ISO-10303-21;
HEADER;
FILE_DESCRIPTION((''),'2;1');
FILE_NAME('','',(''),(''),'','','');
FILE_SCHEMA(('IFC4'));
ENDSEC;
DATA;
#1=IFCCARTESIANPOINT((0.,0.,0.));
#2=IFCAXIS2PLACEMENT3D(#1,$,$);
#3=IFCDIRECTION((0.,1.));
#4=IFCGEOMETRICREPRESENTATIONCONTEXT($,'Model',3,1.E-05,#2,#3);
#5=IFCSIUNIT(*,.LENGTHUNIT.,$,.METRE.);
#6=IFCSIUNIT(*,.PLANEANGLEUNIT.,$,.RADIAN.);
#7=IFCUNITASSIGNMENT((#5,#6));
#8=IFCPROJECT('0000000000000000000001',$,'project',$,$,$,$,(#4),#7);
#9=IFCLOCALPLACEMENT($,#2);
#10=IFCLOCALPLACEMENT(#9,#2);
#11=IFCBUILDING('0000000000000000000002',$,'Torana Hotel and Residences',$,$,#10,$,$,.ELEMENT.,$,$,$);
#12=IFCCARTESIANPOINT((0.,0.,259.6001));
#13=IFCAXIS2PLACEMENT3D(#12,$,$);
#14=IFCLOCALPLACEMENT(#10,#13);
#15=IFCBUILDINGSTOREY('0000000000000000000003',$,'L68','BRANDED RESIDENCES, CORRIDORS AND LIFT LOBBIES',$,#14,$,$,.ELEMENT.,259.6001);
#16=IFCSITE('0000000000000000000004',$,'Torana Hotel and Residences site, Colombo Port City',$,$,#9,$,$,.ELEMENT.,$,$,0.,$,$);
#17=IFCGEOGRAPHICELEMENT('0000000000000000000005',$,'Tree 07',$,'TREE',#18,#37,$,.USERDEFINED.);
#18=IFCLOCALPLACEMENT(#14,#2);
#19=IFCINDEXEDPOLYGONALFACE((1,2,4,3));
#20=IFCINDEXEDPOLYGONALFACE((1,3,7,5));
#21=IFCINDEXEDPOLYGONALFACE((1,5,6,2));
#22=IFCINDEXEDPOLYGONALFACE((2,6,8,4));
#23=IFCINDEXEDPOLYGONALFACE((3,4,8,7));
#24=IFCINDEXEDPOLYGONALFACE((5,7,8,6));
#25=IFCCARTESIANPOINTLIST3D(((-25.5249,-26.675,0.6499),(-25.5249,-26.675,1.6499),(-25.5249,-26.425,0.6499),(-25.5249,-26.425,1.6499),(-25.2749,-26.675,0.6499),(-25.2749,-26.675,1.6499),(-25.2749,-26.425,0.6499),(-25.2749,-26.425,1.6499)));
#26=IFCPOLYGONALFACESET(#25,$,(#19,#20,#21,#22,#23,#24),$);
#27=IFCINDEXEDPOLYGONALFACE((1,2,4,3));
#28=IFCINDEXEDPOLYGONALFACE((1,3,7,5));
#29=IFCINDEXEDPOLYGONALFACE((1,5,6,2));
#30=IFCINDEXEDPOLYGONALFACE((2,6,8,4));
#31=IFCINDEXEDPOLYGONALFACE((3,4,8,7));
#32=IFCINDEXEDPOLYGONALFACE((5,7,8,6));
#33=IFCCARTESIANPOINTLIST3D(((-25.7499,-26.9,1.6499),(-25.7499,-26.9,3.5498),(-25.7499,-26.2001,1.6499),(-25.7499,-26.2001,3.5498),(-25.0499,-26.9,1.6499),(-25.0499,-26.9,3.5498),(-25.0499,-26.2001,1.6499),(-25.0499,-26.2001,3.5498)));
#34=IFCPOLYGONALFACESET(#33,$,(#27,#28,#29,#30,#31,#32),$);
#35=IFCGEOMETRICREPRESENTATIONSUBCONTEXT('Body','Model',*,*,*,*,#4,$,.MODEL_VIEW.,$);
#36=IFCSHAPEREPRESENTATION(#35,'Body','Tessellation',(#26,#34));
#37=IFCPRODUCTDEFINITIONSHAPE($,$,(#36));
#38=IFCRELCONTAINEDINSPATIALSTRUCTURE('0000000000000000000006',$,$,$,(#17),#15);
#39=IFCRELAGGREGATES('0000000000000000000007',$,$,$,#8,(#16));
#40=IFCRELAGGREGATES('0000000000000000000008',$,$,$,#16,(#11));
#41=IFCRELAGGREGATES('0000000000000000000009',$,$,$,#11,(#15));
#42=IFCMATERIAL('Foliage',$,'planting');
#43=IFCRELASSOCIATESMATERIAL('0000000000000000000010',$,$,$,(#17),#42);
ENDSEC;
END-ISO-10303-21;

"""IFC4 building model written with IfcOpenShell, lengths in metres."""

from ifc_helpers import new_model, si_unit, direction, frame, origin, origin_2d, place, context, subcontext, project, spatial, rectangle, extrude, material, element, save


model = new_model("IFC4")

# Units and contexts
model_context = context("Model", 3, precision=1e-05, world=origin(), true_north=direction((0.0, 1.0)))
body_context = subcontext(model_context, "Body", "Model", "MODEL_VIEW")
ifc_project = project(units=[si_unit("LENGTHUNIT", "METRE"), si_unit("PLANEANGLEUNIT", "RADIAN")], contexts=[model_context])

# Site, building, storey
site_placement = place(None, origin())
site = spatial("IfcSite", under=ifc_project, at=site_placement, Name="Torana Hotel and Residences site, Colombo Port City", CompositionType="ELEMENT", RefElevation=0.0)
building_placement = place(site_placement, origin())
building = spatial("IfcBuilding", under=site, at=building_placement, Name="Torana Hotel and Residences", CompositionType="ELEMENT")
storey_placement = place(building_placement, frame((0.0, 0.0, 259.6001)))
storey = spatial("IfcBuildingStorey", under=building, at=storey_placement, Name="L68", Description="BRANDED RESIDENCES, CORRIDORS AND LIFT LOBBIES", CompositionType="ELEMENT", Elevation=259.6001)

# Geographic element
ifc_material_1 = material(Name="Foliage", Category="planting")
geographic_element_placement = place(storey_placement, frame((-25.3999, -26.55, 0.6499), z_axis=(0.0, 0.0, 1.0), x_axis=(1.0, 0.0, 0.0)))
element("IfcGeographicElement", 1, at=geographic_element_placement, inside=storey, material=ifc_material_1, Name="Tree 07", ObjectType="TREE", PredefinedType="USERDEFINED", context=body_context, shape_type="SweptSolid", body=[
    extrude(rectangle(XDim=0.25, YDim=0.25, at=origin_2d()), origin(), (0.0, 0.0, 1.0), 1.0),
    extrude(rectangle(XDim=0.7, YDim=0.7, at=origin_2d()), frame((0.0, 0.0, 1.0)), (0.0, 0.0, 1.0), 1.8999),
])

save(model, "model.ifc")
